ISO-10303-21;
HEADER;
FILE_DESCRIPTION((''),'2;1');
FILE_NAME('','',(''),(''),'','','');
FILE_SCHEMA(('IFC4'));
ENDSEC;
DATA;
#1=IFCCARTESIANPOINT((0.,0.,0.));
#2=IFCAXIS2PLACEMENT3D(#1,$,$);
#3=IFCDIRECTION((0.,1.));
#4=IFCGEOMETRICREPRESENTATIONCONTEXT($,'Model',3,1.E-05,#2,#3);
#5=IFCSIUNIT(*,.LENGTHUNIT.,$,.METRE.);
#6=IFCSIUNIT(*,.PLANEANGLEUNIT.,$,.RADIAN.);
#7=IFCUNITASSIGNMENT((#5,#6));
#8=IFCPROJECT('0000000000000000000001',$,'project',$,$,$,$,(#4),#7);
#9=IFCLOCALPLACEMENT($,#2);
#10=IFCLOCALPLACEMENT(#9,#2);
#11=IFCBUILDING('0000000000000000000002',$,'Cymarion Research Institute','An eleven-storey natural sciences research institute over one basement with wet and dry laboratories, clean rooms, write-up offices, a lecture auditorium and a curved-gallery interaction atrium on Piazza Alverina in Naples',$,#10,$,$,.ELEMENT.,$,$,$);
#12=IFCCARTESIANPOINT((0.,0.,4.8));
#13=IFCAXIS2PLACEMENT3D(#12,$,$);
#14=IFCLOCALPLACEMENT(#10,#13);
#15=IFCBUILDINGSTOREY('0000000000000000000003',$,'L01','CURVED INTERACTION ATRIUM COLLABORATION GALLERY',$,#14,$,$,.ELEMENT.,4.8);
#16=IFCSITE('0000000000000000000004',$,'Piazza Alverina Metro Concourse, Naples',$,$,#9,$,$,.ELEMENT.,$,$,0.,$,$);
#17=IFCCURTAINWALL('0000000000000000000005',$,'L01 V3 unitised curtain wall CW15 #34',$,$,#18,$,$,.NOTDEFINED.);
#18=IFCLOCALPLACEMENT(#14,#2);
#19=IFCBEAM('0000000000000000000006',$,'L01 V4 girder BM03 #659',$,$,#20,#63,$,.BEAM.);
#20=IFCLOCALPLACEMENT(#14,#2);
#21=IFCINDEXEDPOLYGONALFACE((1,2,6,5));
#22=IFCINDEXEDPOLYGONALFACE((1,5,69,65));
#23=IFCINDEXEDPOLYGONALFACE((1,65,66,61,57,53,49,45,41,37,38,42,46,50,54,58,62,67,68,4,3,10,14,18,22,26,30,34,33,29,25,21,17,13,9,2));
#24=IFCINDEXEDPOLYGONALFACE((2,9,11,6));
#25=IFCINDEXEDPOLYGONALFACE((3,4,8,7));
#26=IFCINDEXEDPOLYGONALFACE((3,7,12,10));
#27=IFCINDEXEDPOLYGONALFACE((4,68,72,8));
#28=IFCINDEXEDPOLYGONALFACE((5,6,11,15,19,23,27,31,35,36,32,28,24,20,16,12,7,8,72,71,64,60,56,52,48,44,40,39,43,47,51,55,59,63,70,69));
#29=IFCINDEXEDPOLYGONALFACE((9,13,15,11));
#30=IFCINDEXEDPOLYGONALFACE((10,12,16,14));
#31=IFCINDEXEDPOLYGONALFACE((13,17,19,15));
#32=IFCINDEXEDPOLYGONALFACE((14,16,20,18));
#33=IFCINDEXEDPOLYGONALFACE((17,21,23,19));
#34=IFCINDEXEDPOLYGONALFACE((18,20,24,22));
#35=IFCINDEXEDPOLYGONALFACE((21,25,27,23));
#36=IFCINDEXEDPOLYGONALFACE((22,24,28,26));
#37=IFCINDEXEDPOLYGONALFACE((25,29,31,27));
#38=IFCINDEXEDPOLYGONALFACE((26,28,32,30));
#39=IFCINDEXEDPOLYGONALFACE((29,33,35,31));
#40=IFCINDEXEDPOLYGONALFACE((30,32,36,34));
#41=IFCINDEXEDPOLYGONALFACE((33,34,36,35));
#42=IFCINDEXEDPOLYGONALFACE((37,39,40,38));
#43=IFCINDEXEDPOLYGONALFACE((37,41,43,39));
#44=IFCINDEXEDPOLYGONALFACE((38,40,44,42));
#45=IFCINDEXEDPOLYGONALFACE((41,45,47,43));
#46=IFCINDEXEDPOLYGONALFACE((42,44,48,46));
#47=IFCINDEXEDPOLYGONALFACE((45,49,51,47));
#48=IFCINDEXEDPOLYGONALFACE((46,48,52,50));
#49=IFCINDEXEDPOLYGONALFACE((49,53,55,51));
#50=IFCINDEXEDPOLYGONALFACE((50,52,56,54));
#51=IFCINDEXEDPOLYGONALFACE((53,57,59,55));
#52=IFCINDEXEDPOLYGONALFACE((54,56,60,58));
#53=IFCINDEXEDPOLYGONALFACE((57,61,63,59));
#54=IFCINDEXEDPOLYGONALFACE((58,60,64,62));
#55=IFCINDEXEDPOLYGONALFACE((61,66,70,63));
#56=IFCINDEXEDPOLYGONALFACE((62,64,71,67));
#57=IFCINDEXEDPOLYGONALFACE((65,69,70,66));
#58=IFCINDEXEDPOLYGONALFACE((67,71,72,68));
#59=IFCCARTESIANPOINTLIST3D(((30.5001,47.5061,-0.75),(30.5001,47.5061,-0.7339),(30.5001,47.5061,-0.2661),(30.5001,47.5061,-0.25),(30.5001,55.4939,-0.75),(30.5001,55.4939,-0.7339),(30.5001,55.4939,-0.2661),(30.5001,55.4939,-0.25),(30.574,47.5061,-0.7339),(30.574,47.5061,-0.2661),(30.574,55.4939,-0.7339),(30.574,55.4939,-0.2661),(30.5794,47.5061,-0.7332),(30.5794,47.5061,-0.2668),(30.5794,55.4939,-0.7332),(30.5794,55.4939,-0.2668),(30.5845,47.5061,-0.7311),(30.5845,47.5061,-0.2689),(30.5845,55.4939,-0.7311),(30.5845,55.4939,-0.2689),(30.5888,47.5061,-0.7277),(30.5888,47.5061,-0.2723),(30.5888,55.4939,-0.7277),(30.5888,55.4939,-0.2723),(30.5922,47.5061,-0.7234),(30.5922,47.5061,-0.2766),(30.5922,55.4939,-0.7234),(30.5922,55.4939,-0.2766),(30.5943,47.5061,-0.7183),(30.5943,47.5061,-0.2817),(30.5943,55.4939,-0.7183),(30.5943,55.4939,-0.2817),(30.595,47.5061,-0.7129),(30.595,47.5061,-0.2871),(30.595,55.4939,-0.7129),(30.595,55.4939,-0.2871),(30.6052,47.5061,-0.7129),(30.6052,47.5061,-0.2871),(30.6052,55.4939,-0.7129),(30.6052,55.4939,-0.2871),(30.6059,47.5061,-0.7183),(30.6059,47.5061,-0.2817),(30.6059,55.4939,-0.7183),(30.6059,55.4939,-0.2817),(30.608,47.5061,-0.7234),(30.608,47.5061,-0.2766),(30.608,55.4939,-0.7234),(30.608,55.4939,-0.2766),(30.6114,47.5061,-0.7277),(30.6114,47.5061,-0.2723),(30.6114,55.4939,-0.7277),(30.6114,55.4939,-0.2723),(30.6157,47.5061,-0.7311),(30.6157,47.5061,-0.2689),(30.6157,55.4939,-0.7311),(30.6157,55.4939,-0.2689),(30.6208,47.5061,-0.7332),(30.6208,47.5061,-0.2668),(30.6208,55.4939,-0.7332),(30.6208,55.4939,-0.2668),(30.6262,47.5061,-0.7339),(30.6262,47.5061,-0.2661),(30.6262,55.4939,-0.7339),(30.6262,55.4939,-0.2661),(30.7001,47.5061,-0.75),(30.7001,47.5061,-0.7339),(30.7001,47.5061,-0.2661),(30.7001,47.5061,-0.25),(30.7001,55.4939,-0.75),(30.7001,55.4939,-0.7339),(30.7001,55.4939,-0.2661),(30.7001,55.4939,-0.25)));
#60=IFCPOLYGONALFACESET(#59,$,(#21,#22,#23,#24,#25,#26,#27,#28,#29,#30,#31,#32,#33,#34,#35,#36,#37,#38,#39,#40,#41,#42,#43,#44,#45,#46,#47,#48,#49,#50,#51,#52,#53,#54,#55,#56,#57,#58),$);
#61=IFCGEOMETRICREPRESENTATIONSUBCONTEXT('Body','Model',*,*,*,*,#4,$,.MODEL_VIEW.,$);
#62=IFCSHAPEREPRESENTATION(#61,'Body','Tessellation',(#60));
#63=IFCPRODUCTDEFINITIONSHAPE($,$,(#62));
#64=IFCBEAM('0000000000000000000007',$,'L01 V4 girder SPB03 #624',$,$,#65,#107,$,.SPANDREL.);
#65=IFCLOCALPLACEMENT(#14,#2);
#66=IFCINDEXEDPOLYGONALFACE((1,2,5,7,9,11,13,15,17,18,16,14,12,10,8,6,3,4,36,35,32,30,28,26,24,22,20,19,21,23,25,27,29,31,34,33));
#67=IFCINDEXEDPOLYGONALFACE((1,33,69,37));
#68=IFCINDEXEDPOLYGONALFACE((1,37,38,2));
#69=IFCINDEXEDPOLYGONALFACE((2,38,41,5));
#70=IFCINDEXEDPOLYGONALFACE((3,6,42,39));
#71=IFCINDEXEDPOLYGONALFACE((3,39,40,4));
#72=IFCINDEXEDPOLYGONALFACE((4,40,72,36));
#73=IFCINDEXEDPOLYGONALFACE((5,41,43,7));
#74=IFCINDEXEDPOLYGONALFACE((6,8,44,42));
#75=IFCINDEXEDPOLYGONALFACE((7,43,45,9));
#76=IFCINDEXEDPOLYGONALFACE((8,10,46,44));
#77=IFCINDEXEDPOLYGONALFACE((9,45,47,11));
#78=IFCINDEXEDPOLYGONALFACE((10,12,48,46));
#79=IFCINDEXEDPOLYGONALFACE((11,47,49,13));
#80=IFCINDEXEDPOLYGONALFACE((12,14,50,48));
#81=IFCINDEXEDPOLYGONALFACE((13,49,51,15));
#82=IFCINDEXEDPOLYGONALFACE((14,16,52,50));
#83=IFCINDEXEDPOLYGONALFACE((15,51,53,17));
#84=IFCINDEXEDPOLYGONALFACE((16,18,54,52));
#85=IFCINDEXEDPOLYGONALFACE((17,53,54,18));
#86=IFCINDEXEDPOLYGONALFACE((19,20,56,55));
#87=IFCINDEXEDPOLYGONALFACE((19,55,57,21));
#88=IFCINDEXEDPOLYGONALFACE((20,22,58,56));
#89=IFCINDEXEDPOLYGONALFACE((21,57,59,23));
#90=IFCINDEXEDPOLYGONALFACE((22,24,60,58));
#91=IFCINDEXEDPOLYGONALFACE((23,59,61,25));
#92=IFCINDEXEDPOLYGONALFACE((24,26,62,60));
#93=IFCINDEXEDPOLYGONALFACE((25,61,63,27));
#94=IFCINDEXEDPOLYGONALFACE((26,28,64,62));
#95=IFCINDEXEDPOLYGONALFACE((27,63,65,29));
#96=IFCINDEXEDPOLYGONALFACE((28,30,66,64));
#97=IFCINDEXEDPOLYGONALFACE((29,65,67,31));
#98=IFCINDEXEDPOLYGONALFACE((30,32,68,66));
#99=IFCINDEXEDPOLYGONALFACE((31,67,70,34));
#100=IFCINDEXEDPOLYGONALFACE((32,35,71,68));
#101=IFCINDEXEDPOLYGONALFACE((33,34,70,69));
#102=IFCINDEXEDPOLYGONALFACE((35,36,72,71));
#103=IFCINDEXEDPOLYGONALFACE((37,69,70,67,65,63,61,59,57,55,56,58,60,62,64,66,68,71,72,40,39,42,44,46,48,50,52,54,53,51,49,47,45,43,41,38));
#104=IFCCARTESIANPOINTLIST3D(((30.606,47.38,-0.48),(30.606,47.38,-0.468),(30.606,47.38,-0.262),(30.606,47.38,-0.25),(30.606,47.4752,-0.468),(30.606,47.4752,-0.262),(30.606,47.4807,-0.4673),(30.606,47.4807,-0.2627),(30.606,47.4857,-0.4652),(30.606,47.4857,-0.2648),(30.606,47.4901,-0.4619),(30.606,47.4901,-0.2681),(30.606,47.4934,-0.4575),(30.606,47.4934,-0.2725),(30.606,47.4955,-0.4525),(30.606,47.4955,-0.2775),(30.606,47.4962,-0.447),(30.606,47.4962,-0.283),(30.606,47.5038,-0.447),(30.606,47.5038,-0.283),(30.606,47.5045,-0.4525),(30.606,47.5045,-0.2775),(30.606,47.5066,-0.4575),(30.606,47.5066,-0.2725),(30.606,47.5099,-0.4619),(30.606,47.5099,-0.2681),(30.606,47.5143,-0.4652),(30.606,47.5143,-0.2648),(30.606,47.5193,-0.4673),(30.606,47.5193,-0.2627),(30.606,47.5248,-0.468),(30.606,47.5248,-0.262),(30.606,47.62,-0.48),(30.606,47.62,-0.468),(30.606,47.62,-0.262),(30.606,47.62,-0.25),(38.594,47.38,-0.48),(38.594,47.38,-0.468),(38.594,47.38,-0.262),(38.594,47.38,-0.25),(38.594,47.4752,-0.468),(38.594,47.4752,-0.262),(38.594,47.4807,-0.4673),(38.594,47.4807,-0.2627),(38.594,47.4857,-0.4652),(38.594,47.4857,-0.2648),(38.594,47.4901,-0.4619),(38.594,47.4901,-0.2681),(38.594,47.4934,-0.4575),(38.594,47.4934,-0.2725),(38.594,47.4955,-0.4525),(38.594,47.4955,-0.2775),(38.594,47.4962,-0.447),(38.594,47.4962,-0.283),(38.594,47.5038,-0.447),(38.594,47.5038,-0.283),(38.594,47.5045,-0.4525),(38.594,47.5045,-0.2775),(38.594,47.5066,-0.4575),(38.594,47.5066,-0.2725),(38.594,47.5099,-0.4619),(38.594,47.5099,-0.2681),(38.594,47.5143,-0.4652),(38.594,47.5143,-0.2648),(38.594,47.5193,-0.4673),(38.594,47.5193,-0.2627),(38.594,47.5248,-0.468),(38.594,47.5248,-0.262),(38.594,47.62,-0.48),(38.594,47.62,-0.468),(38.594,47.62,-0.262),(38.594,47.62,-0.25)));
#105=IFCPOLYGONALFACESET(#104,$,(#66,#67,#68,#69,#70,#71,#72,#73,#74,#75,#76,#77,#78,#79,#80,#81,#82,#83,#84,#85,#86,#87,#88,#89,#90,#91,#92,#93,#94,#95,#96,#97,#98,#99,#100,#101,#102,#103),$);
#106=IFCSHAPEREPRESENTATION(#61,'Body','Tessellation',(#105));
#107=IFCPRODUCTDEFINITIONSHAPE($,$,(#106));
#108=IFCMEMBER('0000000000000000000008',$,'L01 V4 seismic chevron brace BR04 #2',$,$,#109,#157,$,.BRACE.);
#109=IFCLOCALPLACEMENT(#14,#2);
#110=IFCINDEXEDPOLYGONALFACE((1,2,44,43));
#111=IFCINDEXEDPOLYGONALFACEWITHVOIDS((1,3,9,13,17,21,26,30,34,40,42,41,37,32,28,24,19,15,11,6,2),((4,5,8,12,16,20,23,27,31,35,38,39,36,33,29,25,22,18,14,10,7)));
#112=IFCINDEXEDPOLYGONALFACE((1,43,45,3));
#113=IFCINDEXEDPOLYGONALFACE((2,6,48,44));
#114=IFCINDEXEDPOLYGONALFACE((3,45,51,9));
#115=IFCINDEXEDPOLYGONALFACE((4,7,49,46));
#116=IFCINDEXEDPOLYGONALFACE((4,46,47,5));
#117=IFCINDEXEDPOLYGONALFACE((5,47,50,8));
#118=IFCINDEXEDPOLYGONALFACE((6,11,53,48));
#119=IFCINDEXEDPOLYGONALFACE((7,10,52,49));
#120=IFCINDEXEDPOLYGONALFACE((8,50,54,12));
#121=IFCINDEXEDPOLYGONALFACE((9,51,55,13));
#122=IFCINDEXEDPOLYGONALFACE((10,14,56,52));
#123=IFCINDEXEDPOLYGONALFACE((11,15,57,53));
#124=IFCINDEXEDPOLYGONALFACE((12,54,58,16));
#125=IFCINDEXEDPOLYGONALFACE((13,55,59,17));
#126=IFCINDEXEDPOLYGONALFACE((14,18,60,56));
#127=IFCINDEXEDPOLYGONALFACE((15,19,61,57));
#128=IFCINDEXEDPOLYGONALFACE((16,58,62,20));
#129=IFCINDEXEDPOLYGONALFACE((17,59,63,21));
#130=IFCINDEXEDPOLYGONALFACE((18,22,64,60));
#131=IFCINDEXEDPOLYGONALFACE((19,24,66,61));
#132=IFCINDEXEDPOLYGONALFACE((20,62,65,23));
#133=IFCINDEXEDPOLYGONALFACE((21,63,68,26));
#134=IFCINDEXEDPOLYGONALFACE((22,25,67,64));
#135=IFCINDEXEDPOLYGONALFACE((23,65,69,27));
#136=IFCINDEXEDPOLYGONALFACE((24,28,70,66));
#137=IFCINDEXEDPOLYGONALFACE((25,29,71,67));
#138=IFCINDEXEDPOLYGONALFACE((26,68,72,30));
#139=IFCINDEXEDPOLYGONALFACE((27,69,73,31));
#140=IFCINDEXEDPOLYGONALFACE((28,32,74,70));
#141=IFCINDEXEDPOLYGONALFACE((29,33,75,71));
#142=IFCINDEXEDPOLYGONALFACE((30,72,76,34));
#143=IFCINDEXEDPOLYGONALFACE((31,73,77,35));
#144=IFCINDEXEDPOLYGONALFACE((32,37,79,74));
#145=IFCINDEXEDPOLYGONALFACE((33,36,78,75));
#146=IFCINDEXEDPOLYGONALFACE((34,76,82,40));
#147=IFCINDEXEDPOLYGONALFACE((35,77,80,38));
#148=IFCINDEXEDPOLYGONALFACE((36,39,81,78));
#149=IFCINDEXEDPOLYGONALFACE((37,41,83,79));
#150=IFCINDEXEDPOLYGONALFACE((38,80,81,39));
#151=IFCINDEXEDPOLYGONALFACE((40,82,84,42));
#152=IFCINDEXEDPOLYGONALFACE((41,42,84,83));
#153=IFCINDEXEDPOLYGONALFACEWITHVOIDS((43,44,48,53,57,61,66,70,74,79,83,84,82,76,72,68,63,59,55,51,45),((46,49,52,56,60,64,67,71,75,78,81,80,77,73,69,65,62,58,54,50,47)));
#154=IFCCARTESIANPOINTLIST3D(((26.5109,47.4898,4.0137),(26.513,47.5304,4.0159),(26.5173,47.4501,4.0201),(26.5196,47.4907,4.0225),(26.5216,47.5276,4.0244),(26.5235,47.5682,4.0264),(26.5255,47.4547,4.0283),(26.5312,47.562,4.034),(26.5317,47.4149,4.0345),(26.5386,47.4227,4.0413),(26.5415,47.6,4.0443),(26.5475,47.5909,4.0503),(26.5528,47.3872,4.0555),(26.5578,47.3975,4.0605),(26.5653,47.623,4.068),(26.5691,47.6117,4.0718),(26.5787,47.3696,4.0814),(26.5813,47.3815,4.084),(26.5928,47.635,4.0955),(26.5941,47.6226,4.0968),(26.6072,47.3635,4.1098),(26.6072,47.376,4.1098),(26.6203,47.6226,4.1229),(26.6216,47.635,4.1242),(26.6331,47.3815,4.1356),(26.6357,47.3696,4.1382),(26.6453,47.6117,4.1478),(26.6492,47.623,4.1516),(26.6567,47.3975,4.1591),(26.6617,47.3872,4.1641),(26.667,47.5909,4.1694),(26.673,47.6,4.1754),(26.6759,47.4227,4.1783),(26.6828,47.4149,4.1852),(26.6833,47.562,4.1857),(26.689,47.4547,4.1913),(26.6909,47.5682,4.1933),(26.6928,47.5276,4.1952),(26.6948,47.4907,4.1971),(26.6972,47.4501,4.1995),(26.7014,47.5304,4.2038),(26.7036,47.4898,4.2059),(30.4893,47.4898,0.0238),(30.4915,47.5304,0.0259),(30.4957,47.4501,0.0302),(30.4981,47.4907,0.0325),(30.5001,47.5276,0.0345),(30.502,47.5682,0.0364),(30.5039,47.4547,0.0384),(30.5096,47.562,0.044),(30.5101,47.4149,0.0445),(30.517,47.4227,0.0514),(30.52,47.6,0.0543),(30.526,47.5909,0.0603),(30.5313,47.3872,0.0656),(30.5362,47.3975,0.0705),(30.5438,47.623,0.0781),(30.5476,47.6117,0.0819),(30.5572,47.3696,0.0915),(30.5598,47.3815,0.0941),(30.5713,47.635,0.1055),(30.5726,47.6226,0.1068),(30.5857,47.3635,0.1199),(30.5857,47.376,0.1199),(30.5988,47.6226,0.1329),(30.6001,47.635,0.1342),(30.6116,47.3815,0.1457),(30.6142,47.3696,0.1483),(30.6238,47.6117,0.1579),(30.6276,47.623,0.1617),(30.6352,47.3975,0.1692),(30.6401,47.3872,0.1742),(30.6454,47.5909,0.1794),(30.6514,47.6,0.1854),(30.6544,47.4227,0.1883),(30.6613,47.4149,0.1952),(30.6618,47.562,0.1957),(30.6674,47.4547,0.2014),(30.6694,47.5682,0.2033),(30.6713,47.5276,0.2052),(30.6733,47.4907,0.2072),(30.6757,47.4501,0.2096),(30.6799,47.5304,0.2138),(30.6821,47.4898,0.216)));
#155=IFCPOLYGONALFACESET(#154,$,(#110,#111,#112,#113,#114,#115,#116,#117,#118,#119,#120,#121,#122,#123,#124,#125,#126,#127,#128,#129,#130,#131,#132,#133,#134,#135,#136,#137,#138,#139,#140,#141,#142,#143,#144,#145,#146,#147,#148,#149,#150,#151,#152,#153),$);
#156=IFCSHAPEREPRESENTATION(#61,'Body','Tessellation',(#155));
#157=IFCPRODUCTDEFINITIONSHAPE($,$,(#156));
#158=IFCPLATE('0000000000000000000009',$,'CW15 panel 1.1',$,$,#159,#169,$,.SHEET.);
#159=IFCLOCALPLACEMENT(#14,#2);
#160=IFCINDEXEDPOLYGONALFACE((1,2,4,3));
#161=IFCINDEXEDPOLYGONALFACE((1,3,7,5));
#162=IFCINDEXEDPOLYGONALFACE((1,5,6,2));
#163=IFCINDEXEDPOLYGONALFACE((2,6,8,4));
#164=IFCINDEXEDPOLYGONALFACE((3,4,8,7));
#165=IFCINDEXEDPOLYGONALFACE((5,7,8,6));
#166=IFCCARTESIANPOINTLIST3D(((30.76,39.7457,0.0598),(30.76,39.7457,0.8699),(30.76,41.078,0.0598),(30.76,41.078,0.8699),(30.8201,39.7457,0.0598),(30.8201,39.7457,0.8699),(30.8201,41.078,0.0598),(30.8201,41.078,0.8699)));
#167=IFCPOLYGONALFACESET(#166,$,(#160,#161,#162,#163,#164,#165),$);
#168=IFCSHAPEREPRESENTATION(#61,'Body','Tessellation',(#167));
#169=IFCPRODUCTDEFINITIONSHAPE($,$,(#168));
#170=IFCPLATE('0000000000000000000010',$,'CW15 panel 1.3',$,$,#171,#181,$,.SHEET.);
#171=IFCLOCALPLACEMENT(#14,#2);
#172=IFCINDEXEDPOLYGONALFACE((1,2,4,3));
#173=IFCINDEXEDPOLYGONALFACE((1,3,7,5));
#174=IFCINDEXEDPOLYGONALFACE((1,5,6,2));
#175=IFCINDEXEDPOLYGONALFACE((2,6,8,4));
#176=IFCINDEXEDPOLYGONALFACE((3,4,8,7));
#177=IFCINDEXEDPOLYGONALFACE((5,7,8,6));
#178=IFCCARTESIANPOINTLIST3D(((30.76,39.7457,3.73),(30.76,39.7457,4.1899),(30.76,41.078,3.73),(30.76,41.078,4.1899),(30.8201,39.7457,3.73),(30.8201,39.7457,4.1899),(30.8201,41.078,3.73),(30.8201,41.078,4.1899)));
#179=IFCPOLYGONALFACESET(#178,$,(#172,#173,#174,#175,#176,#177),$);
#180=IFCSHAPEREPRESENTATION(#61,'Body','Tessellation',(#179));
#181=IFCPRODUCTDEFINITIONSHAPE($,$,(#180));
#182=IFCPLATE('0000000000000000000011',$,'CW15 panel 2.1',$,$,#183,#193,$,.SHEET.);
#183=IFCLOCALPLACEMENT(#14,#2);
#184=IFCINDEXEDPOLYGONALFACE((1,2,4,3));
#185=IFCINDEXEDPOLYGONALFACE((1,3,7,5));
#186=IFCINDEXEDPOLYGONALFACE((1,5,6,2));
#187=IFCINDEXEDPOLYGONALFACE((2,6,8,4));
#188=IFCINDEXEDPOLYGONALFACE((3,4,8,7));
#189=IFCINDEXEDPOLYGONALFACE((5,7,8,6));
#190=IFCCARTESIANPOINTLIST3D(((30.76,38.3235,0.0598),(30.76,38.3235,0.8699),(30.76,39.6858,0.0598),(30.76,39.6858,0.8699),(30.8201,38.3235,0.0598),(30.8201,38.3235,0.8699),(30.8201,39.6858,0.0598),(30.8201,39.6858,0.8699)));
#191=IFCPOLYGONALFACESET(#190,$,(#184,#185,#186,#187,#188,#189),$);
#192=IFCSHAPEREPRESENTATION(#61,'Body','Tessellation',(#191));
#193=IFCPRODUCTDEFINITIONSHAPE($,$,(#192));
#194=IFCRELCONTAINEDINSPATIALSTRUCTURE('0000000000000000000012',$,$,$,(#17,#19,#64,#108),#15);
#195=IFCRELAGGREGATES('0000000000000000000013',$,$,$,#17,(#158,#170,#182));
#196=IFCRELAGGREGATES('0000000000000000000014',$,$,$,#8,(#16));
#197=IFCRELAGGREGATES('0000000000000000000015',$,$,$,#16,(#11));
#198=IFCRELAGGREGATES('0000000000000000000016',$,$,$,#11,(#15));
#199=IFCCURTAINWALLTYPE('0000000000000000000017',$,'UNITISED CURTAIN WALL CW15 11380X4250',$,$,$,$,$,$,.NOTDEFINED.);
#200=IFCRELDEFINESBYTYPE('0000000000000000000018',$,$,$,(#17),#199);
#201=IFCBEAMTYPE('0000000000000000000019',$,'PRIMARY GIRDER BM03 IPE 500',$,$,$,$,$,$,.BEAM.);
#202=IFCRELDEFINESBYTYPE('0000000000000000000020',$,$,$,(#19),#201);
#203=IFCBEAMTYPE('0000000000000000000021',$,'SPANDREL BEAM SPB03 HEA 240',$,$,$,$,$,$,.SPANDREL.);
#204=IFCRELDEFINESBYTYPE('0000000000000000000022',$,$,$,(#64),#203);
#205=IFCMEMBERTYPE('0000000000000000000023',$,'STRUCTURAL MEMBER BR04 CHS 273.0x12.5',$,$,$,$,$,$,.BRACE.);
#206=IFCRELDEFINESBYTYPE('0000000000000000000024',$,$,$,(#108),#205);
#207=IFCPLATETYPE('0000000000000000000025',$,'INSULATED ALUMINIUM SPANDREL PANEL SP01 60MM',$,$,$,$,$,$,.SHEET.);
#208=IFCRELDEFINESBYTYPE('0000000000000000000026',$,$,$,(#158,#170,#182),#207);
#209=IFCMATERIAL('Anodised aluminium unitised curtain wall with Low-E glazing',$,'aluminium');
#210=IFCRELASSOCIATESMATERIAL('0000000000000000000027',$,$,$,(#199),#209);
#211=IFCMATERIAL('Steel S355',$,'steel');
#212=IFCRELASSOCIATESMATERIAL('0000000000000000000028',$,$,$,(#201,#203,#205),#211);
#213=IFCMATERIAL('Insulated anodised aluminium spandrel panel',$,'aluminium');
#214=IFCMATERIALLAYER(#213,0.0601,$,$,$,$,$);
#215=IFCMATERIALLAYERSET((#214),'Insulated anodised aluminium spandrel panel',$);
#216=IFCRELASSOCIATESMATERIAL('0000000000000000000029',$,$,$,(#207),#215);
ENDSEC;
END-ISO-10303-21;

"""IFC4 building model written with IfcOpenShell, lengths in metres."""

from ifc_helpers import new_model, si_unit, direction, frame, origin, origin_2d, place, context, subcontext, project, spatial, rectangle, hollow_circle, i_section, extrude, material, layer, layer_set, material_profile, profile_set, type_object, element, aggregate, save


model = new_model("IFC4")

# Units and contexts
model_context = context("Model", 3, precision=1e-05, world=origin(), true_north=direction((0.0, 1.0)))
body_context = subcontext(model_context, "Body", "Model", "MODEL_VIEW")
ifc_project = project(units=[si_unit("LENGTHUNIT", "METRE"), si_unit("PLANEANGLEUNIT", "RADIAN")], contexts=[model_context])

# Site, building, storey
site_placement = place(None, origin())
site = spatial("IfcSite", under=ifc_project, at=site_placement, Name="Piazza Alverina Metro Concourse, Naples", CompositionType="ELEMENT", RefElevation=0.0)
building_placement = place(site_placement, origin())
building = spatial("IfcBuilding", under=site, at=building_placement, Name="Cymarion Research Institute", Description="An eleven-storey natural sciences research institute over one basement with wet and dry laboratories, clean rooms, write-up offices, a lecture auditorium and a curved-gallery interaction atrium on Piazza Alverina in Naples", CompositionType="ELEMENT")
storey_placement = place(building_placement, frame((0.0, 0.0, 4.8)))
storey = spatial("IfcBuildingStorey", under=building, at=storey_placement, Name="L01", Description="CURVED INTERACTION ATRIUM COLLABORATION GALLERY", CompositionType="ELEMENT", Elevation=4.8)

# Curtain wall
ifc_material_1 = material(Name="Anodised aluminium unitised curtain wall with Low-E glazing", Category="aluminium")
curtain_wall_type = type_object("IfcCurtainWallType", Name="UNITISED CURTAIN WALL CW15 11380X4250", PredefinedType="NOTDEFINED", material=ifc_material_1)
curtain_wall_placement = place(storey_placement, origin())
curtain_wall = element("IfcCurtainWall", 1, at=curtain_wall_placement, inside=storey, type_object=curtain_wall_type, Name="L01 V3 unitised curtain wall CW15 #34", PredefinedType="NOTDEFINED")

# Beams
ifc_material_2 = material(Name="Steel S355", Category="steel")
ifc_material_profile_1 = material_profile(ifc_material_2, i_section(OverallWidth=0.2, OverallDepth=0.5, WebThickness=0.0103, FlangeThickness=0.0161, FilletRadius=0.021, at=origin_2d()), Name="IPE 500")
ifc_profile_set_1 = profile_set([ifc_material_profile_1], Name="Steel S355")
beam_type_1 = type_object("IfcBeamType", Name="PRIMARY GIRDER BM03 IPE 500", PredefinedType="BEAM", material=ifc_profile_set_1)
beam_1_placement = place(storey_placement, frame((30.6001, 47.5061, -0.5), z_axis=(0.0, 1.0, 0.0), x_axis=(-1.0, 0.0, 0.0)))
element("IfcBeam", 2, at=beam_1_placement, inside=storey, type_object=beam_type_1, Name="L01 V4 girder BM03 #659", PredefinedType="BEAM", context=body_context, shape_type="SweptSolid", body=[
    extrude(i_section(OverallWidth=0.2, OverallDepth=0.5, WebThickness=0.0103, FlangeThickness=0.0161, FilletRadius=0.021, at=origin_2d()), origin(), (0.0, 0.0, 1.0), 7.9878),
])
ifc_material_profile_2 = material_profile(ifc_material_2, i_section(OverallWidth=0.24, OverallDepth=0.23, WebThickness=0.0076, FlangeThickness=0.012, FilletRadius=0.021, at=origin_2d()), Name="HEA 240")
ifc_profile_set_2 = profile_set([ifc_material_profile_2], Name="Steel S355")
beam_type_2 = type_object("IfcBeamType", Name="SPANDREL BEAM SPB03 HEA 240", PredefinedType="SPANDREL", material=ifc_profile_set_2)
beam_2_placement = place(storey_placement, frame((30.606, 47.5, -0.365), z_axis=(1.0, 0.0, 0.0), x_axis=(0.0, 1.0, 0.0)))
element("IfcBeam", 3, at=beam_2_placement, inside=storey, type_object=beam_type_2, Name="L01 V4 girder SPB03 #624", PredefinedType="SPANDREL", context=body_context, shape_type="SweptSolid", body=[
    extrude(i_section(OverallWidth=0.24, OverallDepth=0.23, WebThickness=0.0076, FlangeThickness=0.012, FilletRadius=0.021, at=origin_2d()), origin(), (0.0, 0.0, 1.0), 7.988),
])

# Member
ifc_material_profile_3 = material_profile(ifc_material_2, hollow_circle(Radius=0.1365, WallThickness=0.0125, at=origin_2d()), Name="CHS 273.0x12.5")
ifc_profile_set_3 = profile_set([ifc_material_profile_3], Name="Steel S355")
member_type_1 = type_object("IfcMemberType", Name="STRUCTURAL MEMBER BR04 CHS 273.0x12.5", PredefinedType="BRACE", material=ifc_profile_set_3)
member_1_placement = place(storey_placement, frame((30.5857, 47.5, 0.1199), z_axis=(-0.706088, 0.0, 0.708124), x_axis=(0.0, -1.0, 0.0)))
element("IfcMember", 4, at=member_1_placement, inside=storey, type_object=member_type_1, Name="L01 V4 seismic chevron brace BR04 #2", PredefinedType="BRACE", context=body_context, shape_type="SweptSolid", body=[
    extrude(hollow_circle(Radius=0.1365, WallThickness=0.0125, at=origin_2d()), origin(), (0.0, 0.0, 1.0), 5.6345),
])

# Plates
ifc_material_3 = material(Name="Insulated anodised aluminium spandrel panel", Category="aluminium")
ifc_layer_1 = layer(ifc_material_3, 0.0601)
ifc_layer_set_1 = layer_set([ifc_layer_1], Name="Insulated anodised aluminium spandrel panel")
plate_type_1 = type_object("IfcPlateType", Name="INSULATED ALUMINIUM SPANDREL PANEL SP01 60MM", PredefinedType="SHEET", material=ifc_layer_set_1)
plate_1_placement = place(storey_placement, frame((30.79, 40.4119, 0.0598), z_axis=(0.0, 0.0, 1.0), x_axis=(0.0, -1.0, 0.0)))
plate_1 = element("IfcPlate", 5, at=plate_1_placement, type_object=plate_type_1, Name="CW15 panel 1.1", PredefinedType="SHEET", context=body_context, shape_type="SweptSolid", body=[
    extrude(rectangle(XDim=1.3323, YDim=0.0601, at=origin_2d()), origin(), (0.0, 0.0, 1.0), 0.8101),
])
plate_2_placement = place(storey_placement, frame((30.79, 40.4119, 3.73), z_axis=(0.0, 0.0, 1.0), x_axis=(0.0, -1.0, 0.0)))
plate_2 = element("IfcPlate", 6, at=plate_2_placement, type_object=plate_type_1, Name="CW15 panel 1.3", PredefinedType="SHEET", context=body_context, shape_type="SweptSolid", body=[
    extrude(rectangle(XDim=1.3323, YDim=0.0601, at=origin_2d()), origin(), (0.0, 0.0, 1.0), 0.46),
])
plate_3_placement = place(storey_placement, frame((30.79, 39.0046, 0.0598), z_axis=(0.0, 0.0, 1.0), x_axis=(0.0, -1.0, 0.0)))
plate_3 = element("IfcPlate", 7, at=plate_3_placement, type_object=plate_type_1, Name="CW15 panel 2.1", PredefinedType="SHEET", context=body_context, shape_type="SweptSolid", body=[
    extrude(rectangle(XDim=1.3623, YDim=0.0601, at=origin_2d()), origin(), (0.0, 0.0, 1.0), 0.8101),
])
aggregate(curtain_wall, [plate_1, plate_2, plate_3])

save(model, "model.ifc")
